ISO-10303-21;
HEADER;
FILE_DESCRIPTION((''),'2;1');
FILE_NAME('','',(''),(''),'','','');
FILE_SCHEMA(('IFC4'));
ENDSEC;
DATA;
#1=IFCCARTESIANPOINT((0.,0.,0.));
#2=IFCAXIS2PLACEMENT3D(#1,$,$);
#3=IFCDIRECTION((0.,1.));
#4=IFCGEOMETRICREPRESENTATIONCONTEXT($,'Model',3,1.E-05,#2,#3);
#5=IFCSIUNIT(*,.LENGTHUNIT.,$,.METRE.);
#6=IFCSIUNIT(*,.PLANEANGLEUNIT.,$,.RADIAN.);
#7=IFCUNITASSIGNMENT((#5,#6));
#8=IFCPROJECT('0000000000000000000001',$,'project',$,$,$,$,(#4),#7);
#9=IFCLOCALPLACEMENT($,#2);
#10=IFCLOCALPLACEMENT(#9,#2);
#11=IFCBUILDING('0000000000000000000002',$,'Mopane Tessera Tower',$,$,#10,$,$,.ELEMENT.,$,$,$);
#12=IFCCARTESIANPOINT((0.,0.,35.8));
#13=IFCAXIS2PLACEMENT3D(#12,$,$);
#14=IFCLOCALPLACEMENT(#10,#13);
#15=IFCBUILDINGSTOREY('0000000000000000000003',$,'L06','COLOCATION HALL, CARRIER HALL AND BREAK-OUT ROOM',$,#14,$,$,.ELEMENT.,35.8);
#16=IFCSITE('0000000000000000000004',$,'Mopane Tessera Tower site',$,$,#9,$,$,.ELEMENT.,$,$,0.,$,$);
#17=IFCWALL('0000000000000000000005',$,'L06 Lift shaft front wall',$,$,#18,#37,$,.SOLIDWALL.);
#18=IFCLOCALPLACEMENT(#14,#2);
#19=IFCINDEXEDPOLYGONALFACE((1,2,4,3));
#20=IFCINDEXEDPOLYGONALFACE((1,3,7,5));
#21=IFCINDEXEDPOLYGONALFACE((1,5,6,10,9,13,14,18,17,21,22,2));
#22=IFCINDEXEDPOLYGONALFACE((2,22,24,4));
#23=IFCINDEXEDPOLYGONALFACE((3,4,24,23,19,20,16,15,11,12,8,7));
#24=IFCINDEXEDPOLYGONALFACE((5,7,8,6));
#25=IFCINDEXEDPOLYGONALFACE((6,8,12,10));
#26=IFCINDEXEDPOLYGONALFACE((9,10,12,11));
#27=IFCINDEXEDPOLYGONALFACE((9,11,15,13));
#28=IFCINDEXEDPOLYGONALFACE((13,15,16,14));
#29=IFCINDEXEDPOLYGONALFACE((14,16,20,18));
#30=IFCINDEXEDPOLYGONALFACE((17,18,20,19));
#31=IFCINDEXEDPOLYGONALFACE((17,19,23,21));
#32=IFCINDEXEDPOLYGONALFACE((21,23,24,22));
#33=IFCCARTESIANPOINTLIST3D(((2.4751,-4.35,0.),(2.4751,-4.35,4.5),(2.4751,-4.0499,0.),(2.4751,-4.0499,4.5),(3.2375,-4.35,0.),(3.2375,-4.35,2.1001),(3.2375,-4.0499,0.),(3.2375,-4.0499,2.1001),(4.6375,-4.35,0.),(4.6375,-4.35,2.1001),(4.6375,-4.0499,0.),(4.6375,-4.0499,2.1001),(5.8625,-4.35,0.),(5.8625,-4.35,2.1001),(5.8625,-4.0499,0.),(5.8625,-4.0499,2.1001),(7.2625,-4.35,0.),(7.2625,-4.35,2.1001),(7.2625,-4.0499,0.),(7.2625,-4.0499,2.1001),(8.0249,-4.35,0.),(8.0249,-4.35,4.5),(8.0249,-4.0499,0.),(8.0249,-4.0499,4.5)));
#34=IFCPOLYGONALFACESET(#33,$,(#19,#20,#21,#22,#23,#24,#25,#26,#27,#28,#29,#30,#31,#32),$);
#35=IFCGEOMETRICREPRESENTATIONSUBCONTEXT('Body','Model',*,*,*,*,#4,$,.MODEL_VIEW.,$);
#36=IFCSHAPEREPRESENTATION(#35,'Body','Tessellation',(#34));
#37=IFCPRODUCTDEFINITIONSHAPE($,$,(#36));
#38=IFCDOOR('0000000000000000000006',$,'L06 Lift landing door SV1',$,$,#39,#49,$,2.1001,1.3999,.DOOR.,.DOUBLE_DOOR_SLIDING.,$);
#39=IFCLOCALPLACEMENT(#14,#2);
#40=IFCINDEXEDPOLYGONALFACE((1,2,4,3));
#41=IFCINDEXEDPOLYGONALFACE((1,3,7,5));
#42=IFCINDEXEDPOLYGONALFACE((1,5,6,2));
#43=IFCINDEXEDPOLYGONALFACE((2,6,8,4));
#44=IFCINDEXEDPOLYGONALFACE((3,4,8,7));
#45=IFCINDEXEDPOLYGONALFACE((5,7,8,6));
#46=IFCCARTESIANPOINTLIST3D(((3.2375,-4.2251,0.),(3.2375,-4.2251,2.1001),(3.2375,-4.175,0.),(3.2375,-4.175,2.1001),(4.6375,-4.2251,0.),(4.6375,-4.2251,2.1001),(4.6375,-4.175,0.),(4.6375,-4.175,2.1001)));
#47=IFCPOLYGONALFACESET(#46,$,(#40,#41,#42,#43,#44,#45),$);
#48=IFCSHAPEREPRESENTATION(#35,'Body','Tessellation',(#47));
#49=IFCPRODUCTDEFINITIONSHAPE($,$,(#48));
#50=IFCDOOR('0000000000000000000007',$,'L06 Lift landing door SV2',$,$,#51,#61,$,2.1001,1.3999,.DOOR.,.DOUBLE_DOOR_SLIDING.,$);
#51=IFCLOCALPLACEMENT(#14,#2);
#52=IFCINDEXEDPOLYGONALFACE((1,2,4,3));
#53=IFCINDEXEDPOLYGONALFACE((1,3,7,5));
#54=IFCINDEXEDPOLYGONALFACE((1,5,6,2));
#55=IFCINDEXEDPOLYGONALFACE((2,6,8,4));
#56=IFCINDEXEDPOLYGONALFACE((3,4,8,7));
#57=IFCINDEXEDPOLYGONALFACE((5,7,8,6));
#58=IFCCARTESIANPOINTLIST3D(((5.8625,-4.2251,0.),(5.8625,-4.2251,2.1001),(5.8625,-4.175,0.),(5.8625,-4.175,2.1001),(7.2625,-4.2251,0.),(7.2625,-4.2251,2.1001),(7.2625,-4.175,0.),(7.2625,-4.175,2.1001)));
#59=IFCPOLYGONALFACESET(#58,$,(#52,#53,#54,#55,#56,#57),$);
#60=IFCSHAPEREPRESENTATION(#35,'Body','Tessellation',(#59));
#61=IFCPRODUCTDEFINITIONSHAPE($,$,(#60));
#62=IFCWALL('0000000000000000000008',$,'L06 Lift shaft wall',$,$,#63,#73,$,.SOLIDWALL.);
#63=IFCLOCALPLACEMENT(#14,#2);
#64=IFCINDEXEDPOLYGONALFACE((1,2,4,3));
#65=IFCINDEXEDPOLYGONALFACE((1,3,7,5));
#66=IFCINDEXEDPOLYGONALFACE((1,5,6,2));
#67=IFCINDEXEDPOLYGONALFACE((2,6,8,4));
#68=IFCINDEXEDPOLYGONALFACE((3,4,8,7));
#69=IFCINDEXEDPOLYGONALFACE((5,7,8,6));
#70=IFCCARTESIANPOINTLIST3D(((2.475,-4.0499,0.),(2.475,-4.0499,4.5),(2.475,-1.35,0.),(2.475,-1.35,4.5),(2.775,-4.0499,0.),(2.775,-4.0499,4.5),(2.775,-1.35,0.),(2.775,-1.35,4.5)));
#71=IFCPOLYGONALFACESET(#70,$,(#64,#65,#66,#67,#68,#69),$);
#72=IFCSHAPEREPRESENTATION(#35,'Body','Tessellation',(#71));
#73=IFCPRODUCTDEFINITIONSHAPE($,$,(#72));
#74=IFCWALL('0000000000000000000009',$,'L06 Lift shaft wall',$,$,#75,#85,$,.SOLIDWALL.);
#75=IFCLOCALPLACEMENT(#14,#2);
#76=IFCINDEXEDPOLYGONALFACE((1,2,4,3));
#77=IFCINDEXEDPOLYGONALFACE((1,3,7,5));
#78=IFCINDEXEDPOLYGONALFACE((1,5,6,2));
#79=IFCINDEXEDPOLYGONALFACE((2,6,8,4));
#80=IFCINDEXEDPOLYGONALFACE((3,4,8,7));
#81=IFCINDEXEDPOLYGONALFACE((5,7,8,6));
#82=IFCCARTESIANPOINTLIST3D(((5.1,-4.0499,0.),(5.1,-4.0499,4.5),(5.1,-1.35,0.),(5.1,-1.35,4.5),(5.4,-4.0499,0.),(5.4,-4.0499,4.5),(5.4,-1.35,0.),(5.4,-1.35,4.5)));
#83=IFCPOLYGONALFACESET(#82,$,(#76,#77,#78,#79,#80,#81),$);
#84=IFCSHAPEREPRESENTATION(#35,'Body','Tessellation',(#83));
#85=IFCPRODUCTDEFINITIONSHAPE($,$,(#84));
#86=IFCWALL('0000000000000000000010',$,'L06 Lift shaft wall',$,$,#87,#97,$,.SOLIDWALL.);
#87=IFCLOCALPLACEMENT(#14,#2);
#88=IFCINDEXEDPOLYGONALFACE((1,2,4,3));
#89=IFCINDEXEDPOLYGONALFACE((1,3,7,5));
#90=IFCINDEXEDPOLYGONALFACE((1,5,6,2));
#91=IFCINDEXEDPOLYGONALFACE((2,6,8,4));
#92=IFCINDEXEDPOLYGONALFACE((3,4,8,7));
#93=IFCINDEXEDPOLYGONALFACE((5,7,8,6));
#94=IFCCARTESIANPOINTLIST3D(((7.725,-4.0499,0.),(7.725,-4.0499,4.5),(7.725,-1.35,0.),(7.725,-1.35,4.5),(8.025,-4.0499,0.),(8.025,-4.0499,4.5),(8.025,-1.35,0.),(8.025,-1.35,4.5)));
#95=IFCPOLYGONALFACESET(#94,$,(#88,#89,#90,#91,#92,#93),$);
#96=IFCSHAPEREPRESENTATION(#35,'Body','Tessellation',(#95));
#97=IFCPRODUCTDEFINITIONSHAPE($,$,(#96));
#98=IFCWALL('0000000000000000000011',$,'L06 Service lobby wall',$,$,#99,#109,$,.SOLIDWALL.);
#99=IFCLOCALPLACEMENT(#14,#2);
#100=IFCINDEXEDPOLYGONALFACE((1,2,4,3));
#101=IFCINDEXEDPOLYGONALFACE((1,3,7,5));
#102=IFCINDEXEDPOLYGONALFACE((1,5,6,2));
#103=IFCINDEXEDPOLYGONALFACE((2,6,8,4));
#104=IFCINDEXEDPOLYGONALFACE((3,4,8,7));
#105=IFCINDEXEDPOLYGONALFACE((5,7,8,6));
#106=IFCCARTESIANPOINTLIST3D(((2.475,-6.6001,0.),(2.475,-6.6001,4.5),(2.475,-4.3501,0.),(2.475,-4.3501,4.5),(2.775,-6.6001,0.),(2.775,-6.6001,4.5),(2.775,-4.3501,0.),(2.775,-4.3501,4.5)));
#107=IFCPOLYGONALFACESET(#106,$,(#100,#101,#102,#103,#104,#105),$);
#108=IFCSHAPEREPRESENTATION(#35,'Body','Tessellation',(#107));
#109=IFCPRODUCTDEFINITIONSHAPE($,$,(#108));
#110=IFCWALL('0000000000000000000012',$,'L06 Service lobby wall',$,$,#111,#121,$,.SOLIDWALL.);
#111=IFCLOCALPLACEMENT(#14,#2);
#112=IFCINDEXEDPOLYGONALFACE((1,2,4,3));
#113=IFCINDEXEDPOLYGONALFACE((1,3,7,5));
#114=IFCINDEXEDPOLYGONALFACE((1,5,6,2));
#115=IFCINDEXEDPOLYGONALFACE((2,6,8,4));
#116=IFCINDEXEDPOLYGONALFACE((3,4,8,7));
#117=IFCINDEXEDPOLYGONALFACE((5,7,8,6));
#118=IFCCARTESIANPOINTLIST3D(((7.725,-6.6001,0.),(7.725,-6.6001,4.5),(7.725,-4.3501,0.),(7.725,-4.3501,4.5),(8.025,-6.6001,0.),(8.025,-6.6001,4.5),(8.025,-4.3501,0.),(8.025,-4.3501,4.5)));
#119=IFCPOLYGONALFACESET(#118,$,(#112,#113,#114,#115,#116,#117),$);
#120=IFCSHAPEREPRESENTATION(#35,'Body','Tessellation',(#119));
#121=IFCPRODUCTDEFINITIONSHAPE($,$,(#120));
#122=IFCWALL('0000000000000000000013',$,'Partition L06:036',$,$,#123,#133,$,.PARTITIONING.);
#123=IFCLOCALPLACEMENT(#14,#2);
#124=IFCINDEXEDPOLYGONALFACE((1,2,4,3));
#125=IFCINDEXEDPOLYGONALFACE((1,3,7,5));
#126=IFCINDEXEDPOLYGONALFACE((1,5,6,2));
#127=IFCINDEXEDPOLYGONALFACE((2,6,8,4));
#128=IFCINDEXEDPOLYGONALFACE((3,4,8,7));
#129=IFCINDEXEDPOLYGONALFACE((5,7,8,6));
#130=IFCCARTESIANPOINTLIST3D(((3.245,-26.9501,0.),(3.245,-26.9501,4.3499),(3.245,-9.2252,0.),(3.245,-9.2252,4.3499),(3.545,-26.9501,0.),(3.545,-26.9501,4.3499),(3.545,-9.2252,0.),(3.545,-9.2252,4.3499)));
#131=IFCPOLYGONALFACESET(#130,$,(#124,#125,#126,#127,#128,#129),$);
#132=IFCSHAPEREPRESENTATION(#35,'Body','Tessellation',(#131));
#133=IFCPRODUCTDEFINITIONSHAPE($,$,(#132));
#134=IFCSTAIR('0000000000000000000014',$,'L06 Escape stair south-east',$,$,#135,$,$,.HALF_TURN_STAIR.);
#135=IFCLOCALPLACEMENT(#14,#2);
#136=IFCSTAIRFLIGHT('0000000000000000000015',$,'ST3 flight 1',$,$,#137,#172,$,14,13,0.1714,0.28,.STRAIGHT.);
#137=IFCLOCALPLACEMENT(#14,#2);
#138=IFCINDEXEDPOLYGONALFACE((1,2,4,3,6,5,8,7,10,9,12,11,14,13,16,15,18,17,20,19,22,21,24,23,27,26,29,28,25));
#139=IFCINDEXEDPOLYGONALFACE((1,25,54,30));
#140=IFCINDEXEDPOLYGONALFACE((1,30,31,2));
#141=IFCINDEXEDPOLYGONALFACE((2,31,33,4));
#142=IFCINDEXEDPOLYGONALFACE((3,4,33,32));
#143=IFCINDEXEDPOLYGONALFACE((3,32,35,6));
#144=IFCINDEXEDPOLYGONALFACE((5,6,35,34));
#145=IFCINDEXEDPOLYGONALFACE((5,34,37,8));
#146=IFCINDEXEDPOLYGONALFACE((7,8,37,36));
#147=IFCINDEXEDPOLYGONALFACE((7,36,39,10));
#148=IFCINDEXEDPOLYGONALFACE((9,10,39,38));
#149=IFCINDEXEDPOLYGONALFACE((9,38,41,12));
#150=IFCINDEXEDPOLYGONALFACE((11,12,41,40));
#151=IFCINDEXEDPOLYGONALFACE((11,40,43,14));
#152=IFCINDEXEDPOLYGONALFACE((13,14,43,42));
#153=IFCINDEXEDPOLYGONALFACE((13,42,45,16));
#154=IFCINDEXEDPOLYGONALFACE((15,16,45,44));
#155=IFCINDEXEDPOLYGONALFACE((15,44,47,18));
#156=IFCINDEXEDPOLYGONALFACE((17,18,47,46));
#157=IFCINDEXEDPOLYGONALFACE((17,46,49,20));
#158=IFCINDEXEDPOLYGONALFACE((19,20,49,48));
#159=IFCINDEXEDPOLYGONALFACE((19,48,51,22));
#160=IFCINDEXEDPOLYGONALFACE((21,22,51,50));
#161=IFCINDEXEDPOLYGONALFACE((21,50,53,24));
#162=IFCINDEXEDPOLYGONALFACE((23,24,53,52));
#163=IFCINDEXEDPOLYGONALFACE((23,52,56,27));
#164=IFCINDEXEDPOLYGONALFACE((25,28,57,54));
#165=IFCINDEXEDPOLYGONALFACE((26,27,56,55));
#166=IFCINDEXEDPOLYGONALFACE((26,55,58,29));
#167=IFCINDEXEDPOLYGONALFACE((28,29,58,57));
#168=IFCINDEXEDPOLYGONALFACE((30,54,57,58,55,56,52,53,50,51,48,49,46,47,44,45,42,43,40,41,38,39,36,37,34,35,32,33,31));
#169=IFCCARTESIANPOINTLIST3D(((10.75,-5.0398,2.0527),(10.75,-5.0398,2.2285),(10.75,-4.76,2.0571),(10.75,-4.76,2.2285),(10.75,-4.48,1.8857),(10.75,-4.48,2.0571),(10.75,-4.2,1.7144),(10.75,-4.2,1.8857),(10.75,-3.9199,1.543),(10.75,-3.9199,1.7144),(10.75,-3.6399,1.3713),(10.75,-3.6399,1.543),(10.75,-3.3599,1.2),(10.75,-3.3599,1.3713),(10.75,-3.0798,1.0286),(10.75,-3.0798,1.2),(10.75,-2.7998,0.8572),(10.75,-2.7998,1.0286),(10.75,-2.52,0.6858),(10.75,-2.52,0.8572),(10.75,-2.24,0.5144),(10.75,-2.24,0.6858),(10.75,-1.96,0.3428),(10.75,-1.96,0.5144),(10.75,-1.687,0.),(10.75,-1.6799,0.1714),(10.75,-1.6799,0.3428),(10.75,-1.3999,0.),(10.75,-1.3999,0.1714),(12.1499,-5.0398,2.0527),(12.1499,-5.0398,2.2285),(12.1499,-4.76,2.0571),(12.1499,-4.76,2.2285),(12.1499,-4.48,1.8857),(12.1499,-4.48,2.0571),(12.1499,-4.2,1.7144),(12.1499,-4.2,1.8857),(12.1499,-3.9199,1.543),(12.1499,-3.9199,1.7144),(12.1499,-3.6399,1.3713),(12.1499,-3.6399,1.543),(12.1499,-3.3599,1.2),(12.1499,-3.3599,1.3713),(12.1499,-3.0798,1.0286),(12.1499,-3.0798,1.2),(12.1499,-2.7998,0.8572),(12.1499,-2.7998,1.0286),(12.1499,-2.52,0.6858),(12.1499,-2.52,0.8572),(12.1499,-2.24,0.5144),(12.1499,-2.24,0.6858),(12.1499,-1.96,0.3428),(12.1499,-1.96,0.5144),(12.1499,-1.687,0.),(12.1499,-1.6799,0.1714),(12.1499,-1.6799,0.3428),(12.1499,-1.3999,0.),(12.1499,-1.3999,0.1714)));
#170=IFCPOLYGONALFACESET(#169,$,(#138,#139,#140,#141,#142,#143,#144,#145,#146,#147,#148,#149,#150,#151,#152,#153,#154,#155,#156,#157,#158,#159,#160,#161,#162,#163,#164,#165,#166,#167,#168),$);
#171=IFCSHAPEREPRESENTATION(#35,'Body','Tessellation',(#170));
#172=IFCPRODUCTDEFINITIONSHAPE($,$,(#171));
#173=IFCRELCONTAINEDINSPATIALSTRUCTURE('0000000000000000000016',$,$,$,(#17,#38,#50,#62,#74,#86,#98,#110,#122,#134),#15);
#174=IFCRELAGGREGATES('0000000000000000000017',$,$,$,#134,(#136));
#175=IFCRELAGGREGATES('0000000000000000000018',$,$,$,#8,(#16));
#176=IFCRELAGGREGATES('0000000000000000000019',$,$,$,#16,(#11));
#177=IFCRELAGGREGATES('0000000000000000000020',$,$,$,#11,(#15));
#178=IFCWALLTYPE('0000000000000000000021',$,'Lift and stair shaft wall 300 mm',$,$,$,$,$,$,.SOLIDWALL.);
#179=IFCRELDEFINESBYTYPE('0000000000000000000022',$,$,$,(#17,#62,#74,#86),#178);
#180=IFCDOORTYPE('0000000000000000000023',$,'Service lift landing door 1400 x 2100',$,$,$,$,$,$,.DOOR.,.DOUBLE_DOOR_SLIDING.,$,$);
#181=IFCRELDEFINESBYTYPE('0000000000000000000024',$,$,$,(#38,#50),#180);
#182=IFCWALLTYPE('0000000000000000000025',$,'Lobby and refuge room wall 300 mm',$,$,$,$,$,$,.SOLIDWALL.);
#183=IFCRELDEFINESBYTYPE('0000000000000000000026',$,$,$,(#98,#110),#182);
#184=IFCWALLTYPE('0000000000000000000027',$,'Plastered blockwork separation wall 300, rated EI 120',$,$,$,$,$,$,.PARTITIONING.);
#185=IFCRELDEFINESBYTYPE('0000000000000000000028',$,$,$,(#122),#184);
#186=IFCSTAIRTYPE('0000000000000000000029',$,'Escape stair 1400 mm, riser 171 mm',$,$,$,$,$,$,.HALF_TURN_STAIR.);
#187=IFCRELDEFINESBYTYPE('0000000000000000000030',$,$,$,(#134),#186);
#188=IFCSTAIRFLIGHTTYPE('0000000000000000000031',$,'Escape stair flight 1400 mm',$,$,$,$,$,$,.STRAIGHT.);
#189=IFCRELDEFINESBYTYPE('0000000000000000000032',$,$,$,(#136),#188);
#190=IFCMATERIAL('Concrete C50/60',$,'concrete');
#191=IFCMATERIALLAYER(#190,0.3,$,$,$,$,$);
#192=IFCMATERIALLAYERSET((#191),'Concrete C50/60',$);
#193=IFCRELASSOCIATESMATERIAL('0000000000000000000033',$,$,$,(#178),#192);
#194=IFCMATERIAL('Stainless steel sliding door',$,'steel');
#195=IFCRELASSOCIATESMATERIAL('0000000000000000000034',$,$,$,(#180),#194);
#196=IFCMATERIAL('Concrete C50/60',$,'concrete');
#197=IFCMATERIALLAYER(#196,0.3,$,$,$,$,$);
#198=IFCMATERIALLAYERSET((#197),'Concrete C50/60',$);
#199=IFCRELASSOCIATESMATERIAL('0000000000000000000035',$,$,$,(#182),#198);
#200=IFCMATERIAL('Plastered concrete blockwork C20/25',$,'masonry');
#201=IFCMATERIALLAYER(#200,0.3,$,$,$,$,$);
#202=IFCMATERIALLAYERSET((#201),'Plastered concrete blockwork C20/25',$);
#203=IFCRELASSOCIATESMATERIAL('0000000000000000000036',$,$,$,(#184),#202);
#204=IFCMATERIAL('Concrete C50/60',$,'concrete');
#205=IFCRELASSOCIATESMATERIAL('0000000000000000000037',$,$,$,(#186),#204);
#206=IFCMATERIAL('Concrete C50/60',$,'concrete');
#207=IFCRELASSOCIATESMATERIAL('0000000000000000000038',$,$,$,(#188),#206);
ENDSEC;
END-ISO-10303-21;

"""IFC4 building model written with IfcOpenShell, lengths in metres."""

from ifc_helpers import new_model, si_unit, direction, frame, frame_2d, origin, place, context, subcontext, project, spatial, polyline, rectangle, outline, extrude, material, layer, layer_set, type_object, element, fill, aggregate, save


model = new_model("IFC4")

# Units and contexts
model_context = context("Model", 3, precision=1e-05, world=origin(), true_north=direction((0.0, 1.0)))
body_context = subcontext(model_context, "Body", "Model", "MODEL_VIEW")
ifc_project = project(units=[si_unit("LENGTHUNIT", "METRE"), si_unit("PLANEANGLEUNIT", "RADIAN")], contexts=[model_context])

# Site, building, storey
site_placement = place(None, origin())
site = spatial("IfcSite", under=ifc_project, at=site_placement, Name="Mopane Tessera Tower site", CompositionType="ELEMENT", RefElevation=0.0)
building_placement = place(site_placement, origin())
building = spatial("IfcBuilding", under=site, at=building_placement, Name="Mopane Tessera Tower", CompositionType="ELEMENT")
storey_placement = place(building_placement, frame((0.0, 0.0, 35.8)))
storey = spatial("IfcBuildingStorey", under=building, at=storey_placement, Name="L06", Description="COLOCATION HALL, CARRIER HALL AND BREAK-OUT ROOM", CompositionType="ELEMENT", Elevation=35.8)

# Shared definitions
ifc_material_1 = material(Name="Concrete C50/60", Category="concrete")
ifc_layer_1 = layer(ifc_material_1, 0.3)
ifc_layer_set_1 = layer_set([ifc_layer_1], Name="Concrete C50/60")
wall_type_1 = type_object("IfcWallType", Name="Lift and stair shaft wall 300 mm", PredefinedType="SOLIDWALL", material=ifc_layer_set_1)

# Wall, openings, doors
wall_1_placement = place(storey_placement, frame((2.4751, -4.2, 0.0), z_axis=(0.0, 0.0, 1.0), x_axis=(1.0, 0.0, 0.0)))
wall_1 = element("IfcWall", 1, at=wall_1_placement, inside=storey, type_object=wall_type_1, Name="L06 Lift shaft front wall", PredefinedType="SOLIDWALL", context=body_context, shape_type="SweptSolid", body=[
    extrude(rectangle(XDim=5.5498, YDim=0.3, at=frame_2d((2.7749, 0.0))), origin(), (0.0, 0.0, 1.0), 4.5),
])
opening_1_placement = place(wall_1_placement, frame((0.7625, 0.0, 0.0)))
opening_1 = element("IfcOpeningElement", 2, at=opening_1_placement, cuts=wall_1, PredefinedType="OPENING", context=body_context, shape_type="SweptSolid", body=[
    extrude(rectangle(XDim=1.3999, YDim=2.1001, at=frame_2d((0.7, 1.05))), frame((0.0, 0.1621, 0.0), z_axis=(0.0, -1.0, 0.0), x_axis=(1.0, 0.0, 0.0)), (0.0, 0.0, 1.0), 0.324),
])
opening_2_placement = place(wall_1_placement, frame((3.3875, 0.0, 0.0)))
opening_2 = element("IfcOpeningElement", 3, at=opening_2_placement, cuts=wall_1, PredefinedType="OPENING", context=body_context, shape_type="SweptSolid", body=[
    extrude(rectangle(XDim=1.3999, YDim=2.1001, at=frame_2d((0.7, 1.05))), frame((0.0, 0.1621, 0.0), z_axis=(0.0, -1.0, 0.0), x_axis=(1.0, 0.0, 0.0)), (0.0, 0.0, 1.0), 0.324),
])
ifc_material_2 = material(Name="Stainless steel sliding door", Category="steel")
door_type = type_object("IfcDoorType", Name="Service lift landing door 1400 x 2100", OperationType="DOUBLE_DOOR_SLIDING", PredefinedType="DOOR", material=ifc_material_2)
door_1_placement = place(opening_1_placement, origin())
door_1 = element("IfcDoor", 4, at=door_1_placement, inside=storey, type_object=door_type, Name="L06 Lift landing door SV1", OperationType="DOUBLE_DOOR_SLIDING", OverallHeight=2.1001, OverallWidth=1.3999, PredefinedType="DOOR", context=body_context, shape_type="SweptSolid", body=[
    extrude(rectangle(XDim=1.3999, YDim=2.1001, at=frame_2d((0.7, 1.05))), frame((0.0, 0.0249, 0.0), z_axis=(0.0, -1.0, 0.0), x_axis=(1.0, 0.0, 0.0)), (0.0, 0.0, 1.0), 0.05),
])
fill(opening_1, door_1)
door_2_placement = place(opening_2_placement, origin())
door_2 = element("IfcDoor", 5, at=door_2_placement, inside=storey, type_object=door_type, Name="L06 Lift landing door SV2", OperationType="DOUBLE_DOOR_SLIDING", OverallHeight=2.1001, OverallWidth=1.3999, PredefinedType="DOOR", context=body_context, shape_type="SweptSolid", body=[
    extrude(rectangle(XDim=1.3999, YDim=2.1001, at=frame_2d((0.7, 1.05))), frame((0.0, 0.0249, 0.0), z_axis=(0.0, -1.0, 0.0), x_axis=(1.0, 0.0, 0.0)), (0.0, 0.0, 1.0), 0.05),
])
fill(opening_2, door_2)

# Walls
for number, where, z_axis, x_axis, name in (
    (6, (2.625, -4.05, 0.0), (0.0, 0.0, 1.0), (0.0, 1.0, 0.0), "L06 Lift shaft wall"),
    (7, (5.25, -4.05, 0.0), (0.0, 0.0, 1.0), (0.0, 1.0, 0.0), "L06 Lift shaft wall"),
    (8, (7.875, -4.05, 0.0), (0.0, 0.0, 1.0), (0.0, 1.0, 0.0), "L06 Lift shaft wall"),
):
    element("IfcWall", number, at=place(storey_placement, frame(where, z_axis=z_axis, x_axis=x_axis)), inside=storey, type_object=wall_type_1, Name=name, PredefinedType="SOLIDWALL", context=body_context, shape_type="SweptSolid", body=[
        extrude(rectangle(XDim=2.7, YDim=0.3, at=frame_2d((1.3501, 0.0))), origin(), (0.0, 0.0, 1.0), 4.5),
    ])
ifc_material_3 = material(Name="Concrete C50/60", Category="concrete")
ifc_layer_2 = layer(ifc_material_3, 0.3)
ifc_layer_set_2 = layer_set([ifc_layer_2], Name="Concrete C50/60")
wall_type_2 = type_object("IfcWallType", Name="Lobby and refuge room wall 300 mm", PredefinedType="SOLIDWALL", material=ifc_layer_set_2)
for number, where, z_axis, x_axis, name in (
    (9, (2.625, -6.6001, 0.0), (0.0, 0.0, 1.0), (0.0, 1.0, 0.0), "L06 Service lobby wall"),
    (10, (7.875, -6.6001, 0.0), (0.0, 0.0, 1.0), (0.0, 1.0, 0.0), "L06 Service lobby wall"),
):
    element("IfcWall", number, at=place(storey_placement, frame(where, z_axis=z_axis, x_axis=x_axis)), inside=storey, type_object=wall_type_2, Name=name, PredefinedType="SOLIDWALL", context=body_context, shape_type="SweptSolid", body=[
        extrude(rectangle(XDim=2.25, YDim=0.3, at=frame_2d((1.125, 0.0))), origin(), (0.0, 0.0, 1.0), 4.5),
    ])
ifc_material_4 = material(Name="Plastered concrete blockwork C20/25", Category="masonry")
ifc_layer_3 = layer(ifc_material_4, 0.3)
ifc_layer_set_3 = layer_set([ifc_layer_3], Name="Plastered concrete blockwork C20/25")
wall_type_3 = type_object("IfcWallType", Name="Plastered blockwork separation wall 300, rated EI 120", PredefinedType="PARTITIONING", material=ifc_layer_set_3)
wall_2_placement = place(storey_placement, frame((3.395, -26.95, 0.0), z_axis=(0.0, 0.0, 1.0), x_axis=(0.0, 1.0, 0.0)))
element("IfcWall", 11, at=wall_2_placement, inside=storey, type_object=wall_type_3, Name="Partition L06:036", PredefinedType="PARTITIONING", context=body_context, shape_type="SweptSolid", body=[
    extrude(rectangle(XDim=17.7249, YDim=0.3, at=frame_2d((8.8623, 0.0))), origin(), (0.0, 0.0, 1.0), 4.3499),
])

# Stair, stair flight
ifc_material_5 = material(Name="Concrete C50/60", Category="concrete")
stair_type = type_object("IfcStairType", Name="Escape stair 1400 mm, riser 171 mm", PredefinedType="HALF_TURN_STAIR", material=ifc_material_5)
stair_placement = place(storey_placement, origin())
stair = element("IfcStair", 12, at=stair_placement, inside=storey, type_object=stair_type, Name="L06 Escape stair south-east", PredefinedType="HALF_TURN_STAIR")
ifc_material_6 = material(Name="Concrete C50/60", Category="concrete")
stair_flight_type = type_object("IfcStairFlightType", Name="Escape stair flight 1400 mm", PredefinedType="STRAIGHT", material=ifc_material_6)
stair_flight_1_placement = place(storey_placement, frame((11.45, -1.3999, 0.0), z_axis=(0.0, 0.0, 1.0), x_axis=(0.0, -1.0, 0.0)))
stair_flight_1 = element("IfcStairFlight", 13, at=stair_flight_1_placement, type_object=stair_flight_type, Name="ST3 flight 1", NumberOfRisers=14, NumberOfTreads=13, PredefinedType="STRAIGHT", RiserHeight=0.1714, TreadLength=0.28, context=body_context, shape_type="SweptSolid", body=[
    extrude(outline(polyline([(0.0, 0.0), (0.0, 0.1714), (0.28, 0.1714), (0.28, 0.3428), (0.5601, 0.3428), (0.5601, 0.5144), (0.8401, 0.5144), (0.8401, 0.6858), (1.1201, 0.6858), (1.1201, 0.8572), (1.3999, 0.8572), (1.3999, 1.0286), (1.6799, 1.0286), (1.6799, 1.2), (1.96, 1.2), (1.96, 1.3713), (2.24, 1.3713), (2.24, 1.543), (2.52, 1.543), (2.52, 1.7144), (2.8, 1.7144), (2.8, 1.8857), (3.0801, 1.8857), (3.0801, 2.0571), (3.3601, 2.0571), (3.3601, 2.2285), (3.6399, 2.2285), (3.6399, 2.3999), (3.6399, 2.0527), (0.2871, 0.0), (0.0, 0.0)])), frame((0.0, 0.7, 0.0), z_axis=(0.0, -1.0, 0.0), x_axis=(1.0, 0.0, 0.0)), (0.0, 0.0, 1.0), 1.3999),
])
aggregate(stair, [stair_flight_1])

save(model, "model.ifc")
